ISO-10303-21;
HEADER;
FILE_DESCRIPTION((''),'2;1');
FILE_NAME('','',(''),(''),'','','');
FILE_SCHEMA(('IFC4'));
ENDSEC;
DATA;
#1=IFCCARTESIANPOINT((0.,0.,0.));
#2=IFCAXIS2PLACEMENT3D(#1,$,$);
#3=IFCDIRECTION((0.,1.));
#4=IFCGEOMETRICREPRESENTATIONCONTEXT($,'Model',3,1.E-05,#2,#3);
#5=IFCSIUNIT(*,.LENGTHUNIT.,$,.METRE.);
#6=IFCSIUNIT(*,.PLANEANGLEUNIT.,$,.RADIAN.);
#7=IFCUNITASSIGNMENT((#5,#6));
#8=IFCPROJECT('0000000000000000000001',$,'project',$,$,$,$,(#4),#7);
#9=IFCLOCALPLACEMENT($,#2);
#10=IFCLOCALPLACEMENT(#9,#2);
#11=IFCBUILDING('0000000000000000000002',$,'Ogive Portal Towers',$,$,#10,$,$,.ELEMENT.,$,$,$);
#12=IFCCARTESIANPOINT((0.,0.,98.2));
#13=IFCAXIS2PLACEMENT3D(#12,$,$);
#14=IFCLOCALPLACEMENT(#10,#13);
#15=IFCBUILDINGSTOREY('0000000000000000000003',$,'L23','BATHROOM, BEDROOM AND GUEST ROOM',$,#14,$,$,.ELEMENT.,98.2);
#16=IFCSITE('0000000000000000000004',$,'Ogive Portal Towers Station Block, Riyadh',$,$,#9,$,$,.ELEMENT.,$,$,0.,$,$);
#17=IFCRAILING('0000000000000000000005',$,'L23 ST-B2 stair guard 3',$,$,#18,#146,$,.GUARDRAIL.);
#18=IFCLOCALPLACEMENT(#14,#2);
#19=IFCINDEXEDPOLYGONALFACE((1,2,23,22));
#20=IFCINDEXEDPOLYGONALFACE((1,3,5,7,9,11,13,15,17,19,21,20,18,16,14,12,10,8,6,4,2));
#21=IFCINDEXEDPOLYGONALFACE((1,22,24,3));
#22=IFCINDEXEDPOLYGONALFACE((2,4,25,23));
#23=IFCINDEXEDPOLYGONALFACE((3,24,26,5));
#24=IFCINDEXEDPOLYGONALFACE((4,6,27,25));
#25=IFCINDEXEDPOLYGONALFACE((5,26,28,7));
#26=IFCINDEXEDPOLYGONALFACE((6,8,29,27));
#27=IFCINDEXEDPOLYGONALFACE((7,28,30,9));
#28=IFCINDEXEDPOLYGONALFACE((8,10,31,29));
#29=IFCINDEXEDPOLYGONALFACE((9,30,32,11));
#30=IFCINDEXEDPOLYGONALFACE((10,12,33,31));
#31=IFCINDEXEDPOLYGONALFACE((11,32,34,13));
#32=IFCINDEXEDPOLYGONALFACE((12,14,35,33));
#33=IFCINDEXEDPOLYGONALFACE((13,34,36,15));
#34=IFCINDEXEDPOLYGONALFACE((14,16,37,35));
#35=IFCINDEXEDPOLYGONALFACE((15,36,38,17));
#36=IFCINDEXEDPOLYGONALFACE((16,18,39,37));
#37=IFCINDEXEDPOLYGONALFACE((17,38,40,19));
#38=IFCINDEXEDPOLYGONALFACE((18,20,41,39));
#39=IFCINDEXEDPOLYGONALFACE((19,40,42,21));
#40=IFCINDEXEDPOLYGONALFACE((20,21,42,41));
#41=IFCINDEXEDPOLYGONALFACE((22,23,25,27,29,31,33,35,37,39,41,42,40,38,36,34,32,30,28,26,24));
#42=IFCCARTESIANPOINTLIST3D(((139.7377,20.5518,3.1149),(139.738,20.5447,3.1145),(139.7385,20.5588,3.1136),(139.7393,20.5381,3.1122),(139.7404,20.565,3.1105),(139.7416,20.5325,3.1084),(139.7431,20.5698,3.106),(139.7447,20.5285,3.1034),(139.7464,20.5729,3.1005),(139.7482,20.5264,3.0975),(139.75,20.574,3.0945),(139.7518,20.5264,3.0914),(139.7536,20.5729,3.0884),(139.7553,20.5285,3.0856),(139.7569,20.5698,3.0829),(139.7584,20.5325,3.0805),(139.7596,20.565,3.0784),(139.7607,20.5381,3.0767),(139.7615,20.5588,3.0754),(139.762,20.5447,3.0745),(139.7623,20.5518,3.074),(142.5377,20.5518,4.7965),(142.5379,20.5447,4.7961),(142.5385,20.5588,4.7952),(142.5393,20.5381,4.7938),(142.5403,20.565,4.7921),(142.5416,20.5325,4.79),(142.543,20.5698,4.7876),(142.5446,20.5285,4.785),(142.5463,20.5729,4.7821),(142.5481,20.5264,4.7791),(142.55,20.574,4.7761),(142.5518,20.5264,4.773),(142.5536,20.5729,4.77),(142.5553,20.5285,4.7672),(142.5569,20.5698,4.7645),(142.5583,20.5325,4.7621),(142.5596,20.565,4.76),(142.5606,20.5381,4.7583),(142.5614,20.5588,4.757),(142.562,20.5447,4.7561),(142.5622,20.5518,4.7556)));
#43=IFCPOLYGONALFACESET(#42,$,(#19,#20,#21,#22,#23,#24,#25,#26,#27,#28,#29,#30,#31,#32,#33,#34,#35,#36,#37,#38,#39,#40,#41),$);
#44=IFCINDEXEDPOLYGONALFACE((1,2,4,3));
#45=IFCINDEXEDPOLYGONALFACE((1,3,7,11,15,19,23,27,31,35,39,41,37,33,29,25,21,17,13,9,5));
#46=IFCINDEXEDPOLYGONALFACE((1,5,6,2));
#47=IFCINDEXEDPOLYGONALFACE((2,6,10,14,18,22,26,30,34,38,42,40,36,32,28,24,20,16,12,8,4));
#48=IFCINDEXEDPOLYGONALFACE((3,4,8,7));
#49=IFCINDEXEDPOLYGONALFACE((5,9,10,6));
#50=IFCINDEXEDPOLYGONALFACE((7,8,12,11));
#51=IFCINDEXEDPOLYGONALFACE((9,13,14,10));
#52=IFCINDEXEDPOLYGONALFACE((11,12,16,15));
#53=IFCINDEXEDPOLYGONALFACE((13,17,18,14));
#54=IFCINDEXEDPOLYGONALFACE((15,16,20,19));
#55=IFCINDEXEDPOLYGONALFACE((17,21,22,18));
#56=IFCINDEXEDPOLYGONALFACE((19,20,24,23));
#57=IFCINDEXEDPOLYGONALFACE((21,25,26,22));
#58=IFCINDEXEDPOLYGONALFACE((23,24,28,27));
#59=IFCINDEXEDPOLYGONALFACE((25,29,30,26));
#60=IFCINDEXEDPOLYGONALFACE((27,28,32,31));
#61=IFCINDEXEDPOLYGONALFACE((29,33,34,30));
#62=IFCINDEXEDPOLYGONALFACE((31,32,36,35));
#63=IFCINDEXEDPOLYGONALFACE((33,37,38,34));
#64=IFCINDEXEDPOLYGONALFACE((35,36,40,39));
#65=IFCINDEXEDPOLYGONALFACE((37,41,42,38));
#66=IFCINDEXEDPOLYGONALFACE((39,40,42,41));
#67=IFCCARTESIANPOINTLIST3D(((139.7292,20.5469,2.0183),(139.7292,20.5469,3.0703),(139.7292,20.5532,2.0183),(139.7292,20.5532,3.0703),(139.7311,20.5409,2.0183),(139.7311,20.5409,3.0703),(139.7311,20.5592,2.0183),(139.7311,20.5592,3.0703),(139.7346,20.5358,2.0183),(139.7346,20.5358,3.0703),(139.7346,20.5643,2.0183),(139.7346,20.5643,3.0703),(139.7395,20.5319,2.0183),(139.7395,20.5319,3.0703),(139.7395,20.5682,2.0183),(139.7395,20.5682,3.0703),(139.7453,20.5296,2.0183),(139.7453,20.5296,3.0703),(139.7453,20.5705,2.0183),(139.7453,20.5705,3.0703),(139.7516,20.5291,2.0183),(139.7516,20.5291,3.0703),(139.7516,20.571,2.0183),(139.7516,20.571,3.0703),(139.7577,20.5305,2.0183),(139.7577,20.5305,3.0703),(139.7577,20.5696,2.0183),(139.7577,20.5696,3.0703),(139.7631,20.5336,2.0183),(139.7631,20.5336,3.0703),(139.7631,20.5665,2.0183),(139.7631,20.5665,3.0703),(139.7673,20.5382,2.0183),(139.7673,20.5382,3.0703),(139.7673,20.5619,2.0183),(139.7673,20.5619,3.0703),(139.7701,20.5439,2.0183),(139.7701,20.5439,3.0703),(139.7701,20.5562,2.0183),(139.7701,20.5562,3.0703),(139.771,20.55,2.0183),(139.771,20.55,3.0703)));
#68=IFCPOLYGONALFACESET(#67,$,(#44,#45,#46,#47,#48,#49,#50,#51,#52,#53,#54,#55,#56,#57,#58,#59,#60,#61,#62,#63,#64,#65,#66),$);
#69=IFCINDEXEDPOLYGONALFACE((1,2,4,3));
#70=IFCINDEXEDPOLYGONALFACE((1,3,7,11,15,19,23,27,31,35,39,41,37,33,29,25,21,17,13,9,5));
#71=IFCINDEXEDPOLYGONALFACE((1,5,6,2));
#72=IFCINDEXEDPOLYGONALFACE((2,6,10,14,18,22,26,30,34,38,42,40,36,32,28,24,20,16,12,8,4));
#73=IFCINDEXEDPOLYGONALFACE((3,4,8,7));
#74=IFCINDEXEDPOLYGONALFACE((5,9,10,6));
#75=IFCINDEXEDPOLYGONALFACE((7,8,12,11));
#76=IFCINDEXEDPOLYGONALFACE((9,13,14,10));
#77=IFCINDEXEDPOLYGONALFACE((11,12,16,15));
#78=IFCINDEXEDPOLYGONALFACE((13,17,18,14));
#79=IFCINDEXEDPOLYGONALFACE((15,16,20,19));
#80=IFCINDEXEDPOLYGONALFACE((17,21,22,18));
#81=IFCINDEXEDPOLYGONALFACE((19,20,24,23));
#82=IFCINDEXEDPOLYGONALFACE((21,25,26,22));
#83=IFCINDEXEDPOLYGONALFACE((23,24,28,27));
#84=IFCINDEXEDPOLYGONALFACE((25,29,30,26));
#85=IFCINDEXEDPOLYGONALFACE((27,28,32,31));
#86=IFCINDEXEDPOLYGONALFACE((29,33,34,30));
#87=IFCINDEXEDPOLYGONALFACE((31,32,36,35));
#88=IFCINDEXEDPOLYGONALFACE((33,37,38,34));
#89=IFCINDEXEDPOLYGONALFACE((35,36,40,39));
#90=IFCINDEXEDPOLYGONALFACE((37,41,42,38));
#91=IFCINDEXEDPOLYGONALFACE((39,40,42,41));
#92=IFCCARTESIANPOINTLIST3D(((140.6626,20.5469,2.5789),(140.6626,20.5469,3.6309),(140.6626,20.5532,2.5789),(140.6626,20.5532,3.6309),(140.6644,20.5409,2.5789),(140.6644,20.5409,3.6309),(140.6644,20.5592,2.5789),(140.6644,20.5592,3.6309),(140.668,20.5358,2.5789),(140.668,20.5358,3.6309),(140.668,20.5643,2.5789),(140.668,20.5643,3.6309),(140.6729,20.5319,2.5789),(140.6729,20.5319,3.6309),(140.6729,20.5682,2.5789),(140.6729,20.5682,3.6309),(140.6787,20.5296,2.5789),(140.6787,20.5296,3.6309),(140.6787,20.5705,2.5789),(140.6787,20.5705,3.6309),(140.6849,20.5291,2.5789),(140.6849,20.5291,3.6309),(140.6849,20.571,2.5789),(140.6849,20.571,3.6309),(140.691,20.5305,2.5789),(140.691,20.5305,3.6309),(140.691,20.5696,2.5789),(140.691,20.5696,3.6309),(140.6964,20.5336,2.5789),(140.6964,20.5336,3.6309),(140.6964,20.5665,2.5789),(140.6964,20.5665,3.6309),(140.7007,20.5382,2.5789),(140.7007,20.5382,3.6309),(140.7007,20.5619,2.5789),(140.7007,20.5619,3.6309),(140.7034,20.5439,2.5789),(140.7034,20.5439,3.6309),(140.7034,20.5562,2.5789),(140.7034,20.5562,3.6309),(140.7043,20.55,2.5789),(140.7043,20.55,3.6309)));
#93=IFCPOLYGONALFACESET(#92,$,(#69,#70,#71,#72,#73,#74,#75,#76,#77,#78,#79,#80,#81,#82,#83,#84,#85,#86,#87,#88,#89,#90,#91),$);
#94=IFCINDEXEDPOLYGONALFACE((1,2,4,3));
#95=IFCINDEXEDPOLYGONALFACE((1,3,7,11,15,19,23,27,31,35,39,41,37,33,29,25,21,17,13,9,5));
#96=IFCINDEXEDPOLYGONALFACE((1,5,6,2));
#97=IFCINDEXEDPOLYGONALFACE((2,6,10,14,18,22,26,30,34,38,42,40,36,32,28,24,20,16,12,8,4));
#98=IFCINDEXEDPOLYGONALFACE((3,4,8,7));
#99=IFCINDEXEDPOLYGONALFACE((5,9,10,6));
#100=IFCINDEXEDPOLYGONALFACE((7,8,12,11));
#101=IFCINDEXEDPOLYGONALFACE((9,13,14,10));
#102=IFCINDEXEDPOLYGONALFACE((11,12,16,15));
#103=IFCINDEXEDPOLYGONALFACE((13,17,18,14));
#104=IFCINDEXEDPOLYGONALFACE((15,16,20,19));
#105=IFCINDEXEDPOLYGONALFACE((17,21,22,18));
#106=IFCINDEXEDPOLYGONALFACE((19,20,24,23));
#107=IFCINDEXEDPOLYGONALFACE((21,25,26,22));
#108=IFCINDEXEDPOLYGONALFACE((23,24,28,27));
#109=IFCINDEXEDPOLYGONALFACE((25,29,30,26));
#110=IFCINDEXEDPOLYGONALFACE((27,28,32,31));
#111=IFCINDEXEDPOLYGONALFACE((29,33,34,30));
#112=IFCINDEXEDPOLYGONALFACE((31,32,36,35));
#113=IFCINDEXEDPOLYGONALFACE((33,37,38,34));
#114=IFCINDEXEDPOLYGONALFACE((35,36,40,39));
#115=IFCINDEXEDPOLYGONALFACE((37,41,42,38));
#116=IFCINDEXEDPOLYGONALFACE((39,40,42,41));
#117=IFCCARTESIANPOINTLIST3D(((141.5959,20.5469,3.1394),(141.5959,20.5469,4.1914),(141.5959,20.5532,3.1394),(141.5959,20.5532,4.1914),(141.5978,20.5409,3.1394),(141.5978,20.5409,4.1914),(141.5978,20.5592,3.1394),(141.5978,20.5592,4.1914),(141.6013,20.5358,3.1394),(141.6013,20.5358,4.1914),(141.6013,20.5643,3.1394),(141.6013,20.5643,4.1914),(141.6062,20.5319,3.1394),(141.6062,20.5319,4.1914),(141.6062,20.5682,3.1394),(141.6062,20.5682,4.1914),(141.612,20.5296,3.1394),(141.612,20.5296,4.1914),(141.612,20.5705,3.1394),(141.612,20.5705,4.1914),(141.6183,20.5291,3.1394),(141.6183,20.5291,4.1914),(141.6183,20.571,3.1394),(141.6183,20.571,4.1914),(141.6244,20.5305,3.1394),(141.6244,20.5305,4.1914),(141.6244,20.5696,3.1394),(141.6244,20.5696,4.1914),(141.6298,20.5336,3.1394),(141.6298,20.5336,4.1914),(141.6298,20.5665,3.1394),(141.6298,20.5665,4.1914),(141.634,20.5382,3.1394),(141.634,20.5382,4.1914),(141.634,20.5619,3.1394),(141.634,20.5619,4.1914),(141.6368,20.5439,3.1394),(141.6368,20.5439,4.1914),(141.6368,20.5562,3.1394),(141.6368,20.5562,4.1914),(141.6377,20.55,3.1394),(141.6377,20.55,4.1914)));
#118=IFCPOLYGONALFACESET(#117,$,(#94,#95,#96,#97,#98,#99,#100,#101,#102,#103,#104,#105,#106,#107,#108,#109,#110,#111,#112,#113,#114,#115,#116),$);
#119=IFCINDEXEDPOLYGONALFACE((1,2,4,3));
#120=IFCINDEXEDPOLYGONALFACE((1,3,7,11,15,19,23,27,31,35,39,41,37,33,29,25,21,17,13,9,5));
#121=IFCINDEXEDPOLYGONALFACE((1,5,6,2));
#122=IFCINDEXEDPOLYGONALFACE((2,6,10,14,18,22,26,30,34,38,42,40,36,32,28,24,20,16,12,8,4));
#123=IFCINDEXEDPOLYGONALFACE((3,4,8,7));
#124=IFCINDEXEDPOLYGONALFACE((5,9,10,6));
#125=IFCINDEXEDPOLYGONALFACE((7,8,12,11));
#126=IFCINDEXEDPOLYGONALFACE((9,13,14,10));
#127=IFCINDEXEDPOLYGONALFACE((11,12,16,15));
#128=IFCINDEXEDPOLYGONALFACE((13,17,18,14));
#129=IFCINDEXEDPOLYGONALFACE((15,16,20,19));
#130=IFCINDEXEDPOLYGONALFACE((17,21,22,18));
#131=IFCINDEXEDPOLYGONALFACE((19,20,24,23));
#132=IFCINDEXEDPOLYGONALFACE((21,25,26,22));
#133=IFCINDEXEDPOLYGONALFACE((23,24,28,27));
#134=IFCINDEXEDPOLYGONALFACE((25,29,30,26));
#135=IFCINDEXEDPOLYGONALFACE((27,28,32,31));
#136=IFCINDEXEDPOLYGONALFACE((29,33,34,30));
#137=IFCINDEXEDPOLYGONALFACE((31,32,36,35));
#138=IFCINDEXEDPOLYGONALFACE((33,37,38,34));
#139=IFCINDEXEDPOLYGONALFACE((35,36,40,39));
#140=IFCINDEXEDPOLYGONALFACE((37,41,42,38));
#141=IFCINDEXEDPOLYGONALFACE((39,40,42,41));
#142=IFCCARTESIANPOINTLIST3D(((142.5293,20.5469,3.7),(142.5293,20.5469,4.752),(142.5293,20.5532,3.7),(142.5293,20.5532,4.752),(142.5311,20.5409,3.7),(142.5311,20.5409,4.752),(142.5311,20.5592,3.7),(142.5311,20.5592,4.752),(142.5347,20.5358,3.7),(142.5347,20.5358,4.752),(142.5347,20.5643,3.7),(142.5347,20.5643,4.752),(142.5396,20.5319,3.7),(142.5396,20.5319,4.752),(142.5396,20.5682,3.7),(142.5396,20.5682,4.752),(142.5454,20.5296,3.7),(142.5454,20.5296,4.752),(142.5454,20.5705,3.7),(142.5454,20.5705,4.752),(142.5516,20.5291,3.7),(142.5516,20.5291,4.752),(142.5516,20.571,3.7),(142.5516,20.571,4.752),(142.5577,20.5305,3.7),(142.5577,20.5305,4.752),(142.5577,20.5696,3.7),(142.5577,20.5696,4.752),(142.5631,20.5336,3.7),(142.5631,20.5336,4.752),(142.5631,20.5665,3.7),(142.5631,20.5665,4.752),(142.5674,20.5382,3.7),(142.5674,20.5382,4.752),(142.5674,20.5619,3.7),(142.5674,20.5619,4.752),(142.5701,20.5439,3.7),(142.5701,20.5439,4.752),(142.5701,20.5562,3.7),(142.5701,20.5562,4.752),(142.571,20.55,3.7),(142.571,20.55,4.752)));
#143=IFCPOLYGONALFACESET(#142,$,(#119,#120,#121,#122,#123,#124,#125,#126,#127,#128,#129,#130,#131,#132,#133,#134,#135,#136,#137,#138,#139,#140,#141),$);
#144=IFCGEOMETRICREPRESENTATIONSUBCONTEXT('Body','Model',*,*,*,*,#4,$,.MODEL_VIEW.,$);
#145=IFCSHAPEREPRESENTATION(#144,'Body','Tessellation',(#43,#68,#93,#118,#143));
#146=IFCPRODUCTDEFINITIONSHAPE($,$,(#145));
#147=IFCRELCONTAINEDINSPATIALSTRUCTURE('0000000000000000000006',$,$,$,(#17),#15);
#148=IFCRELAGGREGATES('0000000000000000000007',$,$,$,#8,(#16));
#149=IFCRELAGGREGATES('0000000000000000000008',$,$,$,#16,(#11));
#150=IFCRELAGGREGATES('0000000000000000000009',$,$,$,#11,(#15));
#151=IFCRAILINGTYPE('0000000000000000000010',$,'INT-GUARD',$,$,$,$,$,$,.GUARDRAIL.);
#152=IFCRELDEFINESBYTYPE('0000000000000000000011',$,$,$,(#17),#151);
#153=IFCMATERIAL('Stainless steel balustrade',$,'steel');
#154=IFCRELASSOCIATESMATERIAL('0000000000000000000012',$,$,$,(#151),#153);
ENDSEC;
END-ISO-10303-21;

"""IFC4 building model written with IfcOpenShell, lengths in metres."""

from ifc_helpers import new_model, si_unit, direction, frame, origin, origin_2d, place, context, subcontext, project, spatial, circle, extrude, material, type_object, element, save


model = new_model("IFC4")

# Units and contexts
model_context = context("Model", 3, precision=1e-05, world=origin(), true_north=direction((0.0, 1.0)))
body_context = subcontext(model_context, "Body", "Model", "MODEL_VIEW")
ifc_project = project(units=[si_unit("LENGTHUNIT", "METRE"), si_unit("PLANEANGLEUNIT", "RADIAN")], contexts=[model_context])

# Site, building, storey
site_placement = place(None, origin())
site = spatial("IfcSite", under=ifc_project, at=site_placement, Name="Ogive Portal Towers Station Block, Riyadh", CompositionType="ELEMENT", RefElevation=0.0)
building_placement = place(site_placement, origin())
building = spatial("IfcBuilding", under=site, at=building_placement, Name="Ogive Portal Towers", CompositionType="ELEMENT")
storey_placement = place(building_placement, frame((0.0, 0.0, 98.2)))
storey = spatial("IfcBuildingStorey", under=building, at=storey_placement, Name="L23", Description="BATHROOM, BEDROOM AND GUEST ROOM", CompositionType="ELEMENT", Elevation=98.2)

# Railing
ifc_material_1 = material(Name="Stainless steel balustrade", Category="steel")
railing_type_1 = type_object("IfcRailingType", Name="INT-GUARD", PredefinedType="GUARDRAIL", material=ifc_material_1)
railing_1_placement = place(storey_placement, frame((139.75, 20.55, 2.0183)))
element("IfcRailing", 1, at=railing_1_placement, inside=storey, type_object=railing_type_1, Name="L23 ST-B2 stair guard 3", PredefinedType="GUARDRAIL", context=body_context, shape_type="SweptSolid", body=[
    extrude(circle(Radius=0.0239, at=origin_2d()), frame((0.0, 0.0, 1.0762), z_axis=(0.857275, 0.0, 0.514858), x_axis=(0.0, 1.0, 0.0)), (0.0, 0.0, 1.0), 3.2661),
    extrude(circle(Radius=0.021, at=origin_2d()), origin(), (0.0, 0.0, 1.0), 1.052),
    extrude(circle(Radius=0.021, at=origin_2d()), frame((0.9333, 0.0, 0.5605)), (0.0, 0.0, 1.0), 1.052),
    extrude(circle(Radius=0.021, at=origin_2d()), frame((1.8667, 0.0, 1.1211)), (0.0, 0.0, 1.0), 1.052),
    extrude(circle(Radius=0.021, at=origin_2d()), frame((2.8, 0.0, 1.6816)), (0.0, 0.0, 1.0), 1.052),
])

save(model, "model.ifc")
